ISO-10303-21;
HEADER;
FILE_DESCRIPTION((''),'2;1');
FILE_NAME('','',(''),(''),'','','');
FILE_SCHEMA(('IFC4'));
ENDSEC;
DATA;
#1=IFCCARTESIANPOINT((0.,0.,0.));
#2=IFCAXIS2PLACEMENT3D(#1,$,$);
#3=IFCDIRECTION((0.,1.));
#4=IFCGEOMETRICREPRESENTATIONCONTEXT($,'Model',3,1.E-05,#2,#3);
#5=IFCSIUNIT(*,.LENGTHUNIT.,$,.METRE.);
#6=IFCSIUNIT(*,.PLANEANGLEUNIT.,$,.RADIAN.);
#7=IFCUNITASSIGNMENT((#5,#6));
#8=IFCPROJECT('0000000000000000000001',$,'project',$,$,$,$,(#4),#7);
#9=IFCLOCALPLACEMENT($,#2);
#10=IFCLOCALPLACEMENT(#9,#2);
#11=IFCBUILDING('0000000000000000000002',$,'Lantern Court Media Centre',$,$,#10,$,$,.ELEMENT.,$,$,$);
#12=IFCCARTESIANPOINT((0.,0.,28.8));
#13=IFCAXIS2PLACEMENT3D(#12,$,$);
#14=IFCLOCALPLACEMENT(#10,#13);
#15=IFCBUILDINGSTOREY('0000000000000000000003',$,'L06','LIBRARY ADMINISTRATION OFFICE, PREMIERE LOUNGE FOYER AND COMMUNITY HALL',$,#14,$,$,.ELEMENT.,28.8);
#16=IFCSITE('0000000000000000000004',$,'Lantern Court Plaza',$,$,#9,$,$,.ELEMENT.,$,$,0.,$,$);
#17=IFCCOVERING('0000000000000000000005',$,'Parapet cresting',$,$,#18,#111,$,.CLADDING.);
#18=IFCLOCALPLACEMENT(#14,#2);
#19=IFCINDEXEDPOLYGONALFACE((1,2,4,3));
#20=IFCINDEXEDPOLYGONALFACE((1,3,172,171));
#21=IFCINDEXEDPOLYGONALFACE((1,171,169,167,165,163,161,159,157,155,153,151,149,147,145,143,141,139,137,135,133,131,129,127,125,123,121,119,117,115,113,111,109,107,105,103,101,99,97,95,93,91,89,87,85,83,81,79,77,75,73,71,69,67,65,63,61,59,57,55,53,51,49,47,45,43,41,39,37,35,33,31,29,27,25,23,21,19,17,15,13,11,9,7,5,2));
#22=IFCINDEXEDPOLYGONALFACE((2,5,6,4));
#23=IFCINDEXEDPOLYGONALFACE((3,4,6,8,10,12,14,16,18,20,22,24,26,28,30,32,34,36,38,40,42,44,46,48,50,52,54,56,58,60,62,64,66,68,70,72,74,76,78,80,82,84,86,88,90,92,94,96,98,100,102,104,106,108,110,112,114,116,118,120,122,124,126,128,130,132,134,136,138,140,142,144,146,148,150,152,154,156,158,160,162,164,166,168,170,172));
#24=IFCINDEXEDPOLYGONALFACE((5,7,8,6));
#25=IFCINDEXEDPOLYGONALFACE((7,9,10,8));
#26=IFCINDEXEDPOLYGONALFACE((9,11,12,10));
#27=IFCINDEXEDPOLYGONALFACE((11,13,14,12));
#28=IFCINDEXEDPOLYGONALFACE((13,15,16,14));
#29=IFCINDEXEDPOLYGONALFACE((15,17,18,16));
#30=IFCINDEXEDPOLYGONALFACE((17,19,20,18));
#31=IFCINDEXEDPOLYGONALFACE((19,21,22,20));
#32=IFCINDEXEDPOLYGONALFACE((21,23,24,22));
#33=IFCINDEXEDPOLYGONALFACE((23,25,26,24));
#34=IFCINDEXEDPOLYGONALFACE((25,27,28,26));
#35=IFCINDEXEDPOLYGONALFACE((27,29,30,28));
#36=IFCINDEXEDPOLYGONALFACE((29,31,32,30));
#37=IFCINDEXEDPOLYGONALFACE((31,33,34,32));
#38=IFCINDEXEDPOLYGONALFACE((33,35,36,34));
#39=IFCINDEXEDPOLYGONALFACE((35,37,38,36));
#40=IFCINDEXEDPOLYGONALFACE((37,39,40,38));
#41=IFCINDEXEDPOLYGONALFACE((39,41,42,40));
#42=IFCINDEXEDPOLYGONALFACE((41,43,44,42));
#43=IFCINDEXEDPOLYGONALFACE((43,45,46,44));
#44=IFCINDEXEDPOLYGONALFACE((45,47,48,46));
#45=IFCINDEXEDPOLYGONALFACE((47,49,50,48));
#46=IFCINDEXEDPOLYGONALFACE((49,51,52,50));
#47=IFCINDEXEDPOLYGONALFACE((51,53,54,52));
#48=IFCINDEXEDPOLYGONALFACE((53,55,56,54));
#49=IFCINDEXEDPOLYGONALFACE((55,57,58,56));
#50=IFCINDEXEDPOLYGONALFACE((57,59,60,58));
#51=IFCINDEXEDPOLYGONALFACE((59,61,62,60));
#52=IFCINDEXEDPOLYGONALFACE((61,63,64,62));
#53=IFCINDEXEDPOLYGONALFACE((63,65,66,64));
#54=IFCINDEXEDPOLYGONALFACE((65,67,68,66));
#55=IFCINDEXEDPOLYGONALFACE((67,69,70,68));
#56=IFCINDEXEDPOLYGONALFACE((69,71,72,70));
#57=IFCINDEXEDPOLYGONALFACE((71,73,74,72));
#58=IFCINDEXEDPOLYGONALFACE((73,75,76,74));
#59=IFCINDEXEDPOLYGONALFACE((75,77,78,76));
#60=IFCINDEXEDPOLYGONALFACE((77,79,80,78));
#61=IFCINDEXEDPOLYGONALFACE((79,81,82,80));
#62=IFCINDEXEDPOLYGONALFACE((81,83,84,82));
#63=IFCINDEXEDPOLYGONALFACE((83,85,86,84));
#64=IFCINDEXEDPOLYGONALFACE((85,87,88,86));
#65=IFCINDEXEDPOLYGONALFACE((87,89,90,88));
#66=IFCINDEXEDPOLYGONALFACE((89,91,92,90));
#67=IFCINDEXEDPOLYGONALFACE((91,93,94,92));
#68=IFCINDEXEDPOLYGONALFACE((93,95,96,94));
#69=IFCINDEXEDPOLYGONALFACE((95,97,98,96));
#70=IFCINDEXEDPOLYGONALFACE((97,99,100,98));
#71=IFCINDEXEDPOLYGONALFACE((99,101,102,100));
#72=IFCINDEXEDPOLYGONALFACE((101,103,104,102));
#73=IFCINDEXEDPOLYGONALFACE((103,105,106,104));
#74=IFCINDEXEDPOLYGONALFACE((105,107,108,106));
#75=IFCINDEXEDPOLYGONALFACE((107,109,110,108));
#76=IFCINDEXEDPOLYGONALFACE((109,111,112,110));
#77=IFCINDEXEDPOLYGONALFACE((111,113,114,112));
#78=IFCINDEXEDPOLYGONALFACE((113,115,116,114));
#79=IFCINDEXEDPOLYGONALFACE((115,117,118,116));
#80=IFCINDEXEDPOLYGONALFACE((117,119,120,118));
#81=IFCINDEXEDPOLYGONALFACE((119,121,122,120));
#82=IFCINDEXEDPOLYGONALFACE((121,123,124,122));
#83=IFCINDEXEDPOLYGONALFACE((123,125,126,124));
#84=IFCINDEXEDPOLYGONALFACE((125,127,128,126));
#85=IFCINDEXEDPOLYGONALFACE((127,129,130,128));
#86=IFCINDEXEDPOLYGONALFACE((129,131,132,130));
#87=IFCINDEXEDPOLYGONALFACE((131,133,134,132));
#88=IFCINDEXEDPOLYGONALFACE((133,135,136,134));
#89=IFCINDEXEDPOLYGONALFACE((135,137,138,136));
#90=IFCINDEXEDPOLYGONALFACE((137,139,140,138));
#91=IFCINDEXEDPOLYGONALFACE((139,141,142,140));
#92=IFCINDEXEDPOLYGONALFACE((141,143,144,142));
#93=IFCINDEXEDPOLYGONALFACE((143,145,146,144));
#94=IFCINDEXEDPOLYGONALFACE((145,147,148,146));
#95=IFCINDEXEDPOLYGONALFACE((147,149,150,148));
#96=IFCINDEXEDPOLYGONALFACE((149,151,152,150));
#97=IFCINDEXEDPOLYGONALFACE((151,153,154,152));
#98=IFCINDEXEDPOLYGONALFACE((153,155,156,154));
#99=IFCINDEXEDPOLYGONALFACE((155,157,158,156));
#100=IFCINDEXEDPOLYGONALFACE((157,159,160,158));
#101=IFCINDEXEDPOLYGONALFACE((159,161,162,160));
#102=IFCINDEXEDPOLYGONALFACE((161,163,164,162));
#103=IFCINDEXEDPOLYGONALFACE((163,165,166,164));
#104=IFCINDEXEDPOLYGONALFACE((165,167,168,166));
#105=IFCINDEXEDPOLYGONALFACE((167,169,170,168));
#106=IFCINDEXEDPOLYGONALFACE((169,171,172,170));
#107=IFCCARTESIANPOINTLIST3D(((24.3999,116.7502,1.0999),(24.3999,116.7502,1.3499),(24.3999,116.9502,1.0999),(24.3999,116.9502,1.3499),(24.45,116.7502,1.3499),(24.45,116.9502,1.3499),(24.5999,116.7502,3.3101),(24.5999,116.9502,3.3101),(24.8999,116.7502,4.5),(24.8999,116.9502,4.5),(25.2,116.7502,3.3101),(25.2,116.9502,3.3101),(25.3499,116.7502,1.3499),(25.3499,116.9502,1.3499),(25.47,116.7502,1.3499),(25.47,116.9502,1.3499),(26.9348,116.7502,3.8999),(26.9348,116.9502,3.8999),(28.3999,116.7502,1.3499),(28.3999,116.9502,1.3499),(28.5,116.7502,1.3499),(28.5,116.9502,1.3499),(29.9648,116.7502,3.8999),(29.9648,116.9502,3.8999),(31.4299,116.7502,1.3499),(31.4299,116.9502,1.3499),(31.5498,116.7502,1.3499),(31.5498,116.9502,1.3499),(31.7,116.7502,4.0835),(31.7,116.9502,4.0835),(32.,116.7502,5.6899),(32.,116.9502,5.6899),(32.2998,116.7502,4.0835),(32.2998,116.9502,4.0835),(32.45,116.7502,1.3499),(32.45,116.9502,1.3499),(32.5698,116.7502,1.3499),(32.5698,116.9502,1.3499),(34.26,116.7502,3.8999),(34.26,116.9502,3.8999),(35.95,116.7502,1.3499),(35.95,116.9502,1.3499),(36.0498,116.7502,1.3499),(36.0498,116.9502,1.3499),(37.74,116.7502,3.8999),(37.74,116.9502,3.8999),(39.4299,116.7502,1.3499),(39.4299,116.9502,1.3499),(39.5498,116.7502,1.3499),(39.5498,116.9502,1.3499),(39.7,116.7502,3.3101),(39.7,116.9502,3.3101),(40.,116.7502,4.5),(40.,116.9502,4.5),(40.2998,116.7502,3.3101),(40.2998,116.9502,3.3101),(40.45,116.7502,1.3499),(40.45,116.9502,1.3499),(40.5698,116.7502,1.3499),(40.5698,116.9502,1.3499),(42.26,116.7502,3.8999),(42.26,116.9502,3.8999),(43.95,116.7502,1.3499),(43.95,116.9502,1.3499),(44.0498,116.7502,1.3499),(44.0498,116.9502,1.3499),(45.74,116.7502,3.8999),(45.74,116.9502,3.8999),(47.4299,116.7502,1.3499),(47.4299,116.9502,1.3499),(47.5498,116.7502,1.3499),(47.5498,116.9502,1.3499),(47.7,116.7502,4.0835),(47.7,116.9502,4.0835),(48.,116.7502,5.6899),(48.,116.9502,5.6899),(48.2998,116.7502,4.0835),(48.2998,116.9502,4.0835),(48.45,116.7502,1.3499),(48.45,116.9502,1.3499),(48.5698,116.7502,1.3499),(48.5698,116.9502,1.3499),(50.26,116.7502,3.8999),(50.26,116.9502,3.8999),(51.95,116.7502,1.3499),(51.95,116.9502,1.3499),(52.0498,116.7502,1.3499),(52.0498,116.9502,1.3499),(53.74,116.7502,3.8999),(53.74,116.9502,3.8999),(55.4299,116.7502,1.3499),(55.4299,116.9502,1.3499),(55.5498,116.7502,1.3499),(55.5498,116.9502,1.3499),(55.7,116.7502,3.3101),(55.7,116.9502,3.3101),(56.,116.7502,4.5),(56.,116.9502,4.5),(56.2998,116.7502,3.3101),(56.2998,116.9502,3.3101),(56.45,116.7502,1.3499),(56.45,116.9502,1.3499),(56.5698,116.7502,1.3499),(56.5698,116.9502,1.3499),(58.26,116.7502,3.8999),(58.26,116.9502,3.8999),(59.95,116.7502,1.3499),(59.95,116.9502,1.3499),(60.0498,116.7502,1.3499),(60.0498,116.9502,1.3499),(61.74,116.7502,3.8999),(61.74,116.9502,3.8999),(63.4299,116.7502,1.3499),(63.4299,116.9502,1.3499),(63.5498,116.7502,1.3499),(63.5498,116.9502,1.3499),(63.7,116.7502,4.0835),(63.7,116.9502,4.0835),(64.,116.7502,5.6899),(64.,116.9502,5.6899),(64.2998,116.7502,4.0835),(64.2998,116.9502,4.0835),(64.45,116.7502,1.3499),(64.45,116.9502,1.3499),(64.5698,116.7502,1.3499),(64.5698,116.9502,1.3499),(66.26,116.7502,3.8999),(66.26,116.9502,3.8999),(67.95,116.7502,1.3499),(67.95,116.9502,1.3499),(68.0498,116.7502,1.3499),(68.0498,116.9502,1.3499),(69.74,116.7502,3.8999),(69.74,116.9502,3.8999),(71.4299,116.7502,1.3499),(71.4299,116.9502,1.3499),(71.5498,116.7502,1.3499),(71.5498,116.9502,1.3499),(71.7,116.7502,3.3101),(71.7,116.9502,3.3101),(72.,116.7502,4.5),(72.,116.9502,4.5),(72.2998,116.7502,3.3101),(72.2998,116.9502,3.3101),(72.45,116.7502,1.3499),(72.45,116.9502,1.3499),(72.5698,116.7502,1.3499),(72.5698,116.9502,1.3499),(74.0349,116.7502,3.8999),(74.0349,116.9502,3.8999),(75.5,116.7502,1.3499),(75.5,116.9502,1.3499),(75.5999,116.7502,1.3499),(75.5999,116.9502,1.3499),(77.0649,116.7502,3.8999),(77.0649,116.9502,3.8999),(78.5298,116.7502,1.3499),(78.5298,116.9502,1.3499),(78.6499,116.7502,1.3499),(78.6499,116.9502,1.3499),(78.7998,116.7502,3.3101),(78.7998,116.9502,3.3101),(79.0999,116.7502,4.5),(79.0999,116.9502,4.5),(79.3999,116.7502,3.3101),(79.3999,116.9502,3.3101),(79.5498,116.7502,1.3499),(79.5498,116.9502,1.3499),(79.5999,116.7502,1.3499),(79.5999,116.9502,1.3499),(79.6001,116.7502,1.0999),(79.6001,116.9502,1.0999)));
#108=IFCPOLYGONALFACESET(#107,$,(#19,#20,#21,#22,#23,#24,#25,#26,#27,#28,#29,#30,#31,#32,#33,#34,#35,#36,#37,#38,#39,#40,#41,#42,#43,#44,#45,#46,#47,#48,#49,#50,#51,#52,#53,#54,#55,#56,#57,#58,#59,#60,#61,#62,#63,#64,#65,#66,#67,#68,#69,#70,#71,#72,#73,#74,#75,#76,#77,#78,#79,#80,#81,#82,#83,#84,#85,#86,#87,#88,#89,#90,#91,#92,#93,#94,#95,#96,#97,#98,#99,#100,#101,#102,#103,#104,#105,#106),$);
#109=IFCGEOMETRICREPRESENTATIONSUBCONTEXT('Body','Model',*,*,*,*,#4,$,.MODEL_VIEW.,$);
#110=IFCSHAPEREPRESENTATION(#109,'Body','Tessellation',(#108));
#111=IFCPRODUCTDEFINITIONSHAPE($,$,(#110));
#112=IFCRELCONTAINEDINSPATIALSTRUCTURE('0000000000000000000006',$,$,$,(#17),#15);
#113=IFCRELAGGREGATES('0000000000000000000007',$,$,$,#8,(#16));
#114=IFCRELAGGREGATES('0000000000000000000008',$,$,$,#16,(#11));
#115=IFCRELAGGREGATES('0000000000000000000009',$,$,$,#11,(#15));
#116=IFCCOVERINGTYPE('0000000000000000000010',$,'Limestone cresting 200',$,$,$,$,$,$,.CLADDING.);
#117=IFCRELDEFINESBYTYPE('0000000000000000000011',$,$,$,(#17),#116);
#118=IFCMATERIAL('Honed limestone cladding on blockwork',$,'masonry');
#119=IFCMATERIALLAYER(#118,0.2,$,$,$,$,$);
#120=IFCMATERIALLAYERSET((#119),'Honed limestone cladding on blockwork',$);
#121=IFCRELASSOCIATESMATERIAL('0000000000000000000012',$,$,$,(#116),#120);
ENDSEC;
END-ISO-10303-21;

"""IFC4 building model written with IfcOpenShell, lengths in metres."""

from ifc_helpers import new_model, si_unit, direction, frame, origin, place, context, subcontext, project, spatial, polyline, outline, extrude, material, layer, layer_set, type_object, element, save


model = new_model("IFC4")

# Units and contexts
model_context = context("Model", 3, precision=1e-05, world=origin(), true_north=direction((0.0, 1.0)))
body_context = subcontext(model_context, "Body", "Model", "MODEL_VIEW")
ifc_project = project(units=[si_unit("LENGTHUNIT", "METRE"), si_unit("PLANEANGLEUNIT", "RADIAN")], contexts=[model_context])

# Site, building, storey
site_placement = place(None, origin())
site = spatial("IfcSite", under=ifc_project, at=site_placement, Name="Lantern Court Plaza", CompositionType="ELEMENT", RefElevation=0.0)
building_placement = place(site_placement, origin())
building = spatial("IfcBuilding", under=site, at=building_placement, Name="Lantern Court Media Centre", CompositionType="ELEMENT")
storey_placement = place(building_placement, frame((0.0, 0.0, 28.8)))
storey = spatial("IfcBuildingStorey", under=building, at=storey_placement, Name="L06", Description="LIBRARY ADMINISTRATION OFFICE, PREMIERE LOUNGE FOYER AND COMMUNITY HALL", CompositionType="ELEMENT", Elevation=28.8)

# Covering
ifc_material_1 = material(Name="Honed limestone cladding on blockwork", Category="masonry")
ifc_layer_1 = layer(ifc_material_1, 0.2)
ifc_layer_set_1 = layer_set([ifc_layer_1], Name="Honed limestone cladding on blockwork")
covering_type_1 = type_object("IfcCoveringType", Name="Limestone cresting 200", PredefinedType="CLADDING", material=ifc_layer_set_1)
covering_1_placement = place(storey_placement, frame((24.3999, 116.8501, 1.0999), z_axis=(0.0, 0.0, 1.0), x_axis=(1.0, 0.0, 0.0)))
element("IfcCovering", 1, at=covering_1_placement, inside=storey, type_object=covering_type_1, Name="Parapet cresting", PredefinedType="CLADDING", context=body_context, shape_type="SweptSolid", body=[
    extrude(outline(polyline([(0.0, 0.0), (55.2002, 0.0), (55.2, 0.25), (55.1499, 0.25), (55.0, 2.2102), (54.7, 3.4001), (54.3999, 2.2102), (54.25, 0.25), (54.1299, 0.25), (52.665, 2.8), (51.2, 0.25), (51.1001, 0.25), (49.635, 2.8), (48.1699, 0.25), (48.05, 0.25), (47.8999, 2.2102), (47.6001, 3.4001), (47.3, 2.2102), (47.1499, 0.25), (47.03, 0.25), (45.3401, 2.8), (43.6499, 0.25), (43.55, 0.25), (41.8601, 2.8), (40.1699, 0.25), (40.05, 0.25), (39.8999, 2.9836), (39.6001, 4.5901), (39.3, 2.9836), (39.1499, 0.25), (39.03, 0.25), (37.3401, 2.8), (35.6499, 0.25), (35.55, 0.25), (33.8601, 2.8), (32.1699, 0.25), (32.05, 0.25), (31.8999, 2.2102), (31.6001, 3.4001), (31.3, 2.2102), (31.1499, 0.25), (31.03, 0.25), (29.3401, 2.8), (27.6499, 0.25), (27.55, 0.25), (25.8601, 2.8), (24.1699, 0.25), (24.05, 0.25), (23.8999, 2.9836), (23.6001, 4.5901), (23.3, 2.9836), (23.1499, 0.25), (23.03, 0.25), (21.3401, 2.8), (19.6499, 0.25), (19.55, 0.25), (17.8601, 2.8), (16.1699, 0.25), (16.05, 0.25), (15.8999, 2.2102), (15.6001, 3.4001), (15.3, 2.2102), (15.1499, 0.25), (15.03, 0.25), (13.3401, 2.8), (11.6499, 0.25), (11.55, 0.25), (9.8601, 2.8), (8.1699, 0.25), (8.05, 0.25), (7.8999, 2.9836), (7.6001, 4.5901), (7.3, 2.9836), (7.1499, 0.25), (7.03, 0.25), (5.5649, 2.8), (4.1001, 0.25), (4.0, 0.25), (2.5349, 2.8), (1.0701, 0.25), (0.95, 0.25), (0.8, 2.2102), (0.5, 3.4001), (0.2, 2.2102), (0.05, 0.25), (0.0, 0.25), (0.0, 0.0)])), frame((0.0, 0.1001, 0.0), z_axis=(0.0, -1.0, 0.0), x_axis=(1.0, 0.0, 0.0)), (0.0, 0.0, 1.0), 0.2),
])

save(model, "model.ifc")
